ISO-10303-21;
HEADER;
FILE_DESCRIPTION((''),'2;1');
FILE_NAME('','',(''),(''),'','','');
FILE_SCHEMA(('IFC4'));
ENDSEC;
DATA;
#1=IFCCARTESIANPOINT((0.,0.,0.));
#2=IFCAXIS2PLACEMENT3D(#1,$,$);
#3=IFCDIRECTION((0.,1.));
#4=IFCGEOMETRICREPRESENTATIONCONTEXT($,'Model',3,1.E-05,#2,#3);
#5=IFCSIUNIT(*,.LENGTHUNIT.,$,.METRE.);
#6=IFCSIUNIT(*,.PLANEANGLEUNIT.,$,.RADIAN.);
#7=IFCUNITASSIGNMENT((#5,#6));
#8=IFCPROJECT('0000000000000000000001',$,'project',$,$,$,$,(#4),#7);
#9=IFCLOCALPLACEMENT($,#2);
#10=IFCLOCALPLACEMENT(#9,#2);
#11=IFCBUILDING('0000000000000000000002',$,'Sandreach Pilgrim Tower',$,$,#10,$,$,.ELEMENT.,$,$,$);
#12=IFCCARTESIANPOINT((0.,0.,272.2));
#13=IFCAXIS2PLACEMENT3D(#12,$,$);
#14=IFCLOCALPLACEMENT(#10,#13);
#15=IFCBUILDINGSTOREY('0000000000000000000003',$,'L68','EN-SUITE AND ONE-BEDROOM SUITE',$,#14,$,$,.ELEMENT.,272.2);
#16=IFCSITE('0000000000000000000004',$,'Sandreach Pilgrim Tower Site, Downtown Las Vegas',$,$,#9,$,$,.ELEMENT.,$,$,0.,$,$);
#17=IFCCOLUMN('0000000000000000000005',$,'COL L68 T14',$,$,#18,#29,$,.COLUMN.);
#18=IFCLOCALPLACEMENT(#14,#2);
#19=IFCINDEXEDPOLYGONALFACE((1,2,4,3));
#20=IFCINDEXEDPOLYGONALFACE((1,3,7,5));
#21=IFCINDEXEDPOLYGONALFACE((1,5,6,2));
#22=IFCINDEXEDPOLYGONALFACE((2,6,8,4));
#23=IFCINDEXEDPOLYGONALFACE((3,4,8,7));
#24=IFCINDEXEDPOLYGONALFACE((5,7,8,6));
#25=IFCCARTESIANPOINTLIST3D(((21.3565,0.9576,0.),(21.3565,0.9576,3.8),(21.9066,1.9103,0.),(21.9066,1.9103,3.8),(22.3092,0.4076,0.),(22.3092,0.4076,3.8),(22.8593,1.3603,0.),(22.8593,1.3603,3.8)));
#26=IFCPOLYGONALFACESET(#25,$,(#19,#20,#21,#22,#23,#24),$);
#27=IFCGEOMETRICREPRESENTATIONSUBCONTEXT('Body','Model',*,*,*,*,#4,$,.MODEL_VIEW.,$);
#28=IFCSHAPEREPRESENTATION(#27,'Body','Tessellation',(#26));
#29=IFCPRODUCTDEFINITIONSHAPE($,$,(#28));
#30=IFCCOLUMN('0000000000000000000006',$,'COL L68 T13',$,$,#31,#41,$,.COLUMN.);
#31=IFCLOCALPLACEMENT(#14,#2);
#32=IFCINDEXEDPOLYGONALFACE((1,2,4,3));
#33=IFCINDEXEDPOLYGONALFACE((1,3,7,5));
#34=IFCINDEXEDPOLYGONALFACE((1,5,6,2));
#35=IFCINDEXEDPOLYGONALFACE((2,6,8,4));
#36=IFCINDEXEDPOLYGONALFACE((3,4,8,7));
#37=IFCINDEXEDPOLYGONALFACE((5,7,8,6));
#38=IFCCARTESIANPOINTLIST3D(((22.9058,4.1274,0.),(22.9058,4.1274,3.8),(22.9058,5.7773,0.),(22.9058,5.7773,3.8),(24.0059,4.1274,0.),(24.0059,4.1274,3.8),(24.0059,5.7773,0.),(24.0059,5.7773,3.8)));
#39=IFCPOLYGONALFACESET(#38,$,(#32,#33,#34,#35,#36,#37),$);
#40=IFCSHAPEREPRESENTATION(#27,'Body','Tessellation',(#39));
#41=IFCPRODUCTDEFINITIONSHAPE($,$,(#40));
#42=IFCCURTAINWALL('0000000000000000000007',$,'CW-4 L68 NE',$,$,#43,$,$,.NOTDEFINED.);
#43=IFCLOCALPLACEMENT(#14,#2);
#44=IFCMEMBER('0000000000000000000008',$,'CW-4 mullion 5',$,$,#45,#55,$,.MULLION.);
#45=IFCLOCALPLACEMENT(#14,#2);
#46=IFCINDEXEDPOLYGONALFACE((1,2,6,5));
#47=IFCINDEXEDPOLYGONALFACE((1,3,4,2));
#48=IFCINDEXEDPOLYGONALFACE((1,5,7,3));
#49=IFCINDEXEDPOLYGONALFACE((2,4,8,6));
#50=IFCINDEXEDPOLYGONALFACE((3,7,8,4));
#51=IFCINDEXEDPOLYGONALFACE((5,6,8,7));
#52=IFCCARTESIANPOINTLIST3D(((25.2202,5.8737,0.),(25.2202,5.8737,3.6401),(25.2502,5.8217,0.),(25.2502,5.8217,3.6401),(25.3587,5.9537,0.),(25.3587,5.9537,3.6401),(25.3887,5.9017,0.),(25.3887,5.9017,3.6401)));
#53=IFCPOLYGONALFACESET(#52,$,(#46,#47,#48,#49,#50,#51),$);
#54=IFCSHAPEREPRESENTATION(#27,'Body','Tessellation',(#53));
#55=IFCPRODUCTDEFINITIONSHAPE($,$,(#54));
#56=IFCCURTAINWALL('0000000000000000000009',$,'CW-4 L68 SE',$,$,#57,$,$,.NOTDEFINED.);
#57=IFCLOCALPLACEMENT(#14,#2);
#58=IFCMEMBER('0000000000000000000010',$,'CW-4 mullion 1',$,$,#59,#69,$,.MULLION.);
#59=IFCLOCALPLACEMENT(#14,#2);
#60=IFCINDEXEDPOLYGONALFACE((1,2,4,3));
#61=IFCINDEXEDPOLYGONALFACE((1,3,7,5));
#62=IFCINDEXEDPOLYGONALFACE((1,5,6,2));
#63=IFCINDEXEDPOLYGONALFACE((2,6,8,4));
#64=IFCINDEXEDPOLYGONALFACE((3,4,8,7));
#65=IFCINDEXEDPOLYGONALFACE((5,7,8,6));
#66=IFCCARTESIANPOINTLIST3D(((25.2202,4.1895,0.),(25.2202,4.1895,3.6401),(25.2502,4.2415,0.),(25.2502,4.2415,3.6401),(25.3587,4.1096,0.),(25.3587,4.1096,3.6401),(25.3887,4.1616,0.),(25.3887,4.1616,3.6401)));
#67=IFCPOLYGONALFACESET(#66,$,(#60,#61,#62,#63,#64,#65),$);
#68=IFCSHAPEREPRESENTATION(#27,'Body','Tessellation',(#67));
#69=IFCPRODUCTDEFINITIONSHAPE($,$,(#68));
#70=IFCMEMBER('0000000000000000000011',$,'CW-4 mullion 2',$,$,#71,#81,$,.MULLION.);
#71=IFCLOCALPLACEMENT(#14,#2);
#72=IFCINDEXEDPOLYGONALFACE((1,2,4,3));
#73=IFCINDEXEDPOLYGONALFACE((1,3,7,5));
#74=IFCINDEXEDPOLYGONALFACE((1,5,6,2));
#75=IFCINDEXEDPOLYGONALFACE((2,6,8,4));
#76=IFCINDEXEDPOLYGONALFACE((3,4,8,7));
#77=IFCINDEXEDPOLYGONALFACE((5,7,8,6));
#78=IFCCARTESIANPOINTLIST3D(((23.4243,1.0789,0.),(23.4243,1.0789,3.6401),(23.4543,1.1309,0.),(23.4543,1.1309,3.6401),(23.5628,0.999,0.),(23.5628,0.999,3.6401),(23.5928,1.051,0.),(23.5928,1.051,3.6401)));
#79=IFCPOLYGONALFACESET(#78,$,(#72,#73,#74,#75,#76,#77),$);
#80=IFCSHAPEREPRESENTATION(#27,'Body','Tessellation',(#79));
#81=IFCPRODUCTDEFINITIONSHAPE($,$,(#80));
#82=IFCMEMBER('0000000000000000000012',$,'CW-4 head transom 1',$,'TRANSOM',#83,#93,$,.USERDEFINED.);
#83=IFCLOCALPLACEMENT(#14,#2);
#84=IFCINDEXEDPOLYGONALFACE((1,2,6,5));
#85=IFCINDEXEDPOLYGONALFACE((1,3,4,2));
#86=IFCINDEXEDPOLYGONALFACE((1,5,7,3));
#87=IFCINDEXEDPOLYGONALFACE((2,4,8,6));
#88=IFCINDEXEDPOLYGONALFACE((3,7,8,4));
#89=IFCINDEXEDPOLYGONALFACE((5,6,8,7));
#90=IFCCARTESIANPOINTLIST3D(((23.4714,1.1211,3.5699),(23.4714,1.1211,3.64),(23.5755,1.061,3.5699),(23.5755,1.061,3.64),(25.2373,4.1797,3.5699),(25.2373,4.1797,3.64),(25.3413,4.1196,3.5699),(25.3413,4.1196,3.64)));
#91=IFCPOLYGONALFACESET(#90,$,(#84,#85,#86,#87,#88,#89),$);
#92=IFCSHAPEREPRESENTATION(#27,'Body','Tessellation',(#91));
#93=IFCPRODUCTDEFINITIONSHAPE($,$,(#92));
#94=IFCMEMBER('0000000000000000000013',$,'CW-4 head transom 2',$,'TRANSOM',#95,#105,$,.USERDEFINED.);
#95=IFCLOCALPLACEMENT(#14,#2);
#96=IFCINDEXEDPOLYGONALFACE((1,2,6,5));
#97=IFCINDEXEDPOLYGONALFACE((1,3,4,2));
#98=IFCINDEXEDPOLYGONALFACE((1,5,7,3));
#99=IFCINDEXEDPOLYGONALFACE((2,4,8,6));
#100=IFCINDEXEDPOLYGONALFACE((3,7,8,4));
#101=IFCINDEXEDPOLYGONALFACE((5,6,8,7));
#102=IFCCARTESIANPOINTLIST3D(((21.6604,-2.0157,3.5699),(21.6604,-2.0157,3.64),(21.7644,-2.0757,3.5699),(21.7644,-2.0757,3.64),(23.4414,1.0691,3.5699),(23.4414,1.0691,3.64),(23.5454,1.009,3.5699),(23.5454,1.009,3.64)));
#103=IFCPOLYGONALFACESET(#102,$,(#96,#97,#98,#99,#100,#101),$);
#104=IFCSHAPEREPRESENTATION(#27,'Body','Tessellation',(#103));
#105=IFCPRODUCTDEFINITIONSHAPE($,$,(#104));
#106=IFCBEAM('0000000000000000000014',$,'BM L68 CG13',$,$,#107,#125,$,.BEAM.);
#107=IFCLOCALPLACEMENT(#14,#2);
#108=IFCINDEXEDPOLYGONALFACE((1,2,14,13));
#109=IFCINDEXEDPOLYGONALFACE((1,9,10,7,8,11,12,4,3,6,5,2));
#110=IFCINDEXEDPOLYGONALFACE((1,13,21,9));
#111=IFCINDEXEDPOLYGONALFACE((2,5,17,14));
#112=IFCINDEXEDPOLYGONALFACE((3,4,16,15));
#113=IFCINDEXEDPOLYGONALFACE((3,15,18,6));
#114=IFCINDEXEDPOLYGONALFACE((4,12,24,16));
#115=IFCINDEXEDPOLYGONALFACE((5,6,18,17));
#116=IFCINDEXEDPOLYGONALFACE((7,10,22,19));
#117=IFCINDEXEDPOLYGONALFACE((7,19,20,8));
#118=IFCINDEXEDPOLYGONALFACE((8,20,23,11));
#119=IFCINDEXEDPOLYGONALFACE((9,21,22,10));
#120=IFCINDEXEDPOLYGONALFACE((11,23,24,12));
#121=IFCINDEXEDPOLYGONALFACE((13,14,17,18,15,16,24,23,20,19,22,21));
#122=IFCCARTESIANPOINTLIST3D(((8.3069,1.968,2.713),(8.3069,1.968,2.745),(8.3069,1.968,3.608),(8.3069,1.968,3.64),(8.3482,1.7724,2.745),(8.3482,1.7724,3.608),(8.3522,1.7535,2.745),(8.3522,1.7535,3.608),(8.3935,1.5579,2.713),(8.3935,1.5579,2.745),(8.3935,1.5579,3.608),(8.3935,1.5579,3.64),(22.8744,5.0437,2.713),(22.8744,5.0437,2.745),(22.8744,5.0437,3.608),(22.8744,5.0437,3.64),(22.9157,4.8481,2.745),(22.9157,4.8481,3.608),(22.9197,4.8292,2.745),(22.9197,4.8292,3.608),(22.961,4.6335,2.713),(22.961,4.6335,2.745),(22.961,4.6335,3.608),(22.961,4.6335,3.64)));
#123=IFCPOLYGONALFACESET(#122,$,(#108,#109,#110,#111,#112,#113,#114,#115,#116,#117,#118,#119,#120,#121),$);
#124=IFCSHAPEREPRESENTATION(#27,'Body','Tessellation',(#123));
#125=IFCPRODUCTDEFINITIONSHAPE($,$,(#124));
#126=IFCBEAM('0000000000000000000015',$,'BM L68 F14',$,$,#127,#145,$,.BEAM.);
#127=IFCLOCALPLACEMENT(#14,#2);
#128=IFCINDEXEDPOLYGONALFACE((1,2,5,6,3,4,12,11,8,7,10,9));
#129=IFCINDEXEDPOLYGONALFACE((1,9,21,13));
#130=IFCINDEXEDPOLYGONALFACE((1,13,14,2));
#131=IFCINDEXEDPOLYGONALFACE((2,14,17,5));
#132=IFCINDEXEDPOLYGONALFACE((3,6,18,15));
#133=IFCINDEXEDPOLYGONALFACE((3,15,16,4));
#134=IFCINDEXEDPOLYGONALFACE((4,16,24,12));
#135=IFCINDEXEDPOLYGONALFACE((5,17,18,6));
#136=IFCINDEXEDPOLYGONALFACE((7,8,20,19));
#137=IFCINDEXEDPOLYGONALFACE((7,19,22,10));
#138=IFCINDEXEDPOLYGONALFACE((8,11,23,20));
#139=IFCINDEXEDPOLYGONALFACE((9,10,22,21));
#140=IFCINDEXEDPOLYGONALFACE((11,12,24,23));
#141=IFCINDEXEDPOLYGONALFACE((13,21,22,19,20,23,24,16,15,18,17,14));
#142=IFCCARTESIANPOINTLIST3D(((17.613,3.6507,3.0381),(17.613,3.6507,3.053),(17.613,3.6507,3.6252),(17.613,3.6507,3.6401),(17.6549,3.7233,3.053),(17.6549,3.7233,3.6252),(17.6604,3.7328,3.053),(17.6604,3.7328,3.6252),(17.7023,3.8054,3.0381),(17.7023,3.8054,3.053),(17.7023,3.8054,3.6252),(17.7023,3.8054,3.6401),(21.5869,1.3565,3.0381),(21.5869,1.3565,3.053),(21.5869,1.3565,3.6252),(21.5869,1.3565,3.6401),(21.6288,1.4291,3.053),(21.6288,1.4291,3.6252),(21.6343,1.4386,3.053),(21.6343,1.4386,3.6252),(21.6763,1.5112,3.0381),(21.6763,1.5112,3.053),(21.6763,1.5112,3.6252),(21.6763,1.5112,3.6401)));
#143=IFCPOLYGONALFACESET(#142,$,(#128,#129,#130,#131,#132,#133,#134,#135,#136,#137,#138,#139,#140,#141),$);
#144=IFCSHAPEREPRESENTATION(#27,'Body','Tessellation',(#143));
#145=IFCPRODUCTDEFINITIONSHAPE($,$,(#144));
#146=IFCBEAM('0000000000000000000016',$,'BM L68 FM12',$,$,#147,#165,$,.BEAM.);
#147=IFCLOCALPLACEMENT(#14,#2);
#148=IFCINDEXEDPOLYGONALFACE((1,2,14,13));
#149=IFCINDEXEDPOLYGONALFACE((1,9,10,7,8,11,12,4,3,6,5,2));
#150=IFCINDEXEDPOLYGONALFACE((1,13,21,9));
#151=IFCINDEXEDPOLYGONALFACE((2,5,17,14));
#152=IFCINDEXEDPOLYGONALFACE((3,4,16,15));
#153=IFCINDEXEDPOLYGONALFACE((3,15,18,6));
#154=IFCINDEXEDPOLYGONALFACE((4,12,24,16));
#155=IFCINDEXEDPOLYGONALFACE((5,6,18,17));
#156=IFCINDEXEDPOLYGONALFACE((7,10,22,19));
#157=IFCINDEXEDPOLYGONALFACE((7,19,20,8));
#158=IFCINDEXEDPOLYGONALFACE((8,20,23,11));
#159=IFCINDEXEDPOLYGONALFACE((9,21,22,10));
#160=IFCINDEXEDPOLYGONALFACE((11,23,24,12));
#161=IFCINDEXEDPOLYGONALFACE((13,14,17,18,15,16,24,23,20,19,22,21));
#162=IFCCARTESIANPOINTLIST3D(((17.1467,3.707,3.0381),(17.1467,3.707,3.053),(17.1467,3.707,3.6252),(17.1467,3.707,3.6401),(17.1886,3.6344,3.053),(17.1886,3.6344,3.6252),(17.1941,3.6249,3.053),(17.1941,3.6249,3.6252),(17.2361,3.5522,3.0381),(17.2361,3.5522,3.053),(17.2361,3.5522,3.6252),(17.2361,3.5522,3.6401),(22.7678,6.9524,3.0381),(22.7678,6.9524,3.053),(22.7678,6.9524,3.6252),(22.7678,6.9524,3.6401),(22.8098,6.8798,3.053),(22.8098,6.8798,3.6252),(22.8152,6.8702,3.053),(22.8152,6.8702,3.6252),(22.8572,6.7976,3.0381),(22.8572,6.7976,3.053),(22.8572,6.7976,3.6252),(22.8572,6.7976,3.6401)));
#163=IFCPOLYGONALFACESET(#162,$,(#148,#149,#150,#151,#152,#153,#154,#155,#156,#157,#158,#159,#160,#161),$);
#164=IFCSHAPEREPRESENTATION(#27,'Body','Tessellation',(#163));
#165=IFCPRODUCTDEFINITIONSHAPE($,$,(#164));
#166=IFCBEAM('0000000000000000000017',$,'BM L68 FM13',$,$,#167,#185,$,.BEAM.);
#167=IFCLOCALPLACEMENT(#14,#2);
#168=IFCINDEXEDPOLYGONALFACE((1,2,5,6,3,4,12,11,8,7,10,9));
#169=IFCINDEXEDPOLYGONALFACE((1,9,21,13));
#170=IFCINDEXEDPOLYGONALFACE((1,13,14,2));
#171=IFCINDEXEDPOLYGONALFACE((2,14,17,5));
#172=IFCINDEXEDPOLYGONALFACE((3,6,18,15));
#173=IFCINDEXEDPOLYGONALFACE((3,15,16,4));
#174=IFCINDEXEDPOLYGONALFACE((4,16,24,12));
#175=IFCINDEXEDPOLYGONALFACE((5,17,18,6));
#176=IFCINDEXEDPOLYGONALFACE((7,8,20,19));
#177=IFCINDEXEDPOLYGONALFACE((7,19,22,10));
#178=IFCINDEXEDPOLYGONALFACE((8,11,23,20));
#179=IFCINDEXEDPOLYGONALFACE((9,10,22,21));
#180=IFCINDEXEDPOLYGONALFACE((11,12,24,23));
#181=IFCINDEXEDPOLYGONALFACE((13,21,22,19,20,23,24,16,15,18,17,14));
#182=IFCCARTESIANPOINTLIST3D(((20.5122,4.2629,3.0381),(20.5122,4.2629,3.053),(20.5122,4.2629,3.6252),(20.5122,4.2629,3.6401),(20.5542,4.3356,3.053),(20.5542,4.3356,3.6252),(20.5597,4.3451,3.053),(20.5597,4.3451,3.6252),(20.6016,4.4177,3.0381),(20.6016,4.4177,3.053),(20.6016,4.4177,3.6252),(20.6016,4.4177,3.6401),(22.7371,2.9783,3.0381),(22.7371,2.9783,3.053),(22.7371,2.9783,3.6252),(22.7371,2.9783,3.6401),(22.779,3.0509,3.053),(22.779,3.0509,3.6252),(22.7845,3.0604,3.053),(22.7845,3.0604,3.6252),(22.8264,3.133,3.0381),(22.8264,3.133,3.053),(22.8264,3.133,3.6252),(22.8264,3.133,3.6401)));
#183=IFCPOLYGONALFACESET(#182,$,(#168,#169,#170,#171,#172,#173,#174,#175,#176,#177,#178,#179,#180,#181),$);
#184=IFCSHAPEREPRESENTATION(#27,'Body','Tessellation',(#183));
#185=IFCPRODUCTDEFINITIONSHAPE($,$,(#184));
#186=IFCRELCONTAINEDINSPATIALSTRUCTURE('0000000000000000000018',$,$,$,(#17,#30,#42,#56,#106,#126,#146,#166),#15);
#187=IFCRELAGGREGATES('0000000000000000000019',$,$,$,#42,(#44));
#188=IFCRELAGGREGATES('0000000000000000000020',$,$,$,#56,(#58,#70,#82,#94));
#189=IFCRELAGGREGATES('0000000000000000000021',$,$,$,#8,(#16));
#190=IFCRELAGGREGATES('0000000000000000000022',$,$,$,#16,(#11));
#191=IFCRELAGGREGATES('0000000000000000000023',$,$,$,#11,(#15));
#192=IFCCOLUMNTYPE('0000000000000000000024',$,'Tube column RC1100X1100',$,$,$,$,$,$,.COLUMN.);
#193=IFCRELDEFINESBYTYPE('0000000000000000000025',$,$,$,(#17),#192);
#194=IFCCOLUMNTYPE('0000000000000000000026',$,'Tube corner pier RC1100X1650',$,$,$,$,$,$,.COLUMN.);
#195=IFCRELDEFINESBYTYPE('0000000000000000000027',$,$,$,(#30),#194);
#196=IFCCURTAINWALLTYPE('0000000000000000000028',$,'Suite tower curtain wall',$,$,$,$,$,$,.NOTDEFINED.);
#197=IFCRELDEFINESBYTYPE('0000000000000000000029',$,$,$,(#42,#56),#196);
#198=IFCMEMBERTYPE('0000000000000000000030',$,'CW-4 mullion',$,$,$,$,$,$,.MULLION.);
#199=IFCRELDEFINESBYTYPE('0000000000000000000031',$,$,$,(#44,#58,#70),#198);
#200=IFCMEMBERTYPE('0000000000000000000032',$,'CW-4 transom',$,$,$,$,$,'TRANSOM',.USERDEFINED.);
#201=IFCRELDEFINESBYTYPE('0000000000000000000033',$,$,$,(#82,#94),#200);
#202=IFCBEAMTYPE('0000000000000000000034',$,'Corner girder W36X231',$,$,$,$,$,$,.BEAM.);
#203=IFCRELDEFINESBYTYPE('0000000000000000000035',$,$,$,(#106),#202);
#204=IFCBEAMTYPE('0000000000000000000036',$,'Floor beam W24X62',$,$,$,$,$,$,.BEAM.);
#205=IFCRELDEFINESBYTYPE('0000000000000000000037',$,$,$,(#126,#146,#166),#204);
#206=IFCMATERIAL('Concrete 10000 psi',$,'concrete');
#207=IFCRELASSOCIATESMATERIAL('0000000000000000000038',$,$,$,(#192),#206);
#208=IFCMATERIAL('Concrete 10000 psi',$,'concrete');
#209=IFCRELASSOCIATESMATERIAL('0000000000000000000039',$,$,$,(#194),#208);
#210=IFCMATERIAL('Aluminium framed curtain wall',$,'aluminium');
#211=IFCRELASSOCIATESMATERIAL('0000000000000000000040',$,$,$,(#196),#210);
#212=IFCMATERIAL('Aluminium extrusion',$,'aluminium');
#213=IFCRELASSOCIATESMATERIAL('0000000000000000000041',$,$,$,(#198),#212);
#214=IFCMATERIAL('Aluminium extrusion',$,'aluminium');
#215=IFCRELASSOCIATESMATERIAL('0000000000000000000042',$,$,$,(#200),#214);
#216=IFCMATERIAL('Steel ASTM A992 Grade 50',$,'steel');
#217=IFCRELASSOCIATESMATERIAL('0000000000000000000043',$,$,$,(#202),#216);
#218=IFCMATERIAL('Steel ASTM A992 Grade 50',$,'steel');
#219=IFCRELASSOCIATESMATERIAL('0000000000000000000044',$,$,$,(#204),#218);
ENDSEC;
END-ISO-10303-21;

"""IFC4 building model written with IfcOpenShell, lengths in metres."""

from ifc_helpers import new_model, si_unit, direction, frame, origin, origin_2d, place, context, subcontext, project, spatial, rectangle, i_section, extrude, material, material_profile, profile_set, type_object, element, aggregate, save


model = new_model("IFC4")

# Units and contexts
model_context = context("Model", 3, precision=1e-05, world=origin(), true_north=direction((0.0, 1.0)))
body_context = subcontext(model_context, "Body", "Model", "MODEL_VIEW")
ifc_project = project(units=[si_unit("LENGTHUNIT", "METRE"), si_unit("PLANEANGLEUNIT", "RADIAN")], contexts=[model_context])

# Site, building, storey
site_placement = place(None, origin())
site = spatial("IfcSite", under=ifc_project, at=site_placement, Name="Sandreach Pilgrim Tower Site, Downtown Las Vegas", CompositionType="ELEMENT", RefElevation=0.0)
building_placement = place(site_placement, origin())
building = spatial("IfcBuilding", under=site, at=building_placement, Name="Sandreach Pilgrim Tower", CompositionType="ELEMENT")
storey_placement = place(building_placement, frame((0.0, 0.0, 272.2)))
storey = spatial("IfcBuildingStorey", under=building, at=storey_placement, Name="L68", Description="EN-SUITE AND ONE-BEDROOM SUITE", CompositionType="ELEMENT", Elevation=272.2)

# Columns
ifc_material_1 = material(Name="Concrete 10000 psi", Category="concrete")
ifc_material_profile_1 = material_profile(ifc_material_1, rectangle(XDim=1.1001, YDim=1.1001, at=origin_2d()), Name="RC1100X1100")
ifc_profile_set_1 = profile_set([ifc_material_profile_1], Name="Concrete 10000 psi")
column_type_1 = type_object("IfcColumnType", Name="Tube column RC1100X1100", PredefinedType="COLUMN", material=ifc_profile_set_1)
column_1_placement = place(storey_placement, frame((22.1079, 1.1589, 0.0), z_axis=(0.0, 0.0, 1.0), x_axis=(0.866025, -0.5, 0.0)))
element("IfcColumn", 1, at=column_1_placement, inside=storey, type_object=column_type_1, Name="COL L68 T14", PredefinedType="COLUMN", context=body_context, shape_type="SweptSolid", body=[
    extrude(rectangle(XDim=1.1001, YDim=1.1001, at=origin_2d()), origin(), (0.0, 0.0, 1.0), 3.8),
])
ifc_material_2 = material(Name="Concrete 10000 psi", Category="concrete")
ifc_material_profile_2 = material_profile(ifc_material_2, rectangle(XDim=1.1001, YDim=1.6499, at=origin_2d()), Name="RC1100X1650")
ifc_profile_set_2 = profile_set([ifc_material_profile_2], Name="Concrete 10000 psi")
column_type_2 = type_object("IfcColumnType", Name="Tube corner pier RC1100X1650", PredefinedType="COLUMN", material=ifc_profile_set_2)
column_2_placement = place(storey_placement, frame((23.4558, 4.9524, 0.0), z_axis=(0.0, 0.0, 1.0), x_axis=(1.0, 0.0, 0.0)))
element("IfcColumn", 2, at=column_2_placement, inside=storey, type_object=column_type_2, Name="COL L68 T13", PredefinedType="COLUMN", context=body_context, shape_type="SweptSolid", body=[
    extrude(rectangle(XDim=1.1001, YDim=1.6499, at=origin_2d()), origin(), (0.0, 0.0, 1.0), 3.8),
])

# Curtain wall, member
ifc_material_3 = material(Name="Aluminium framed curtain wall", Category="aluminium")
curtain_wall_type = type_object("IfcCurtainWallType", Name="Suite tower curtain wall", PredefinedType="NOTDEFINED", material=ifc_material_3)
curtain_wall_1_placement = place(storey_placement, origin())
curtain_wall_1 = element("IfcCurtainWall", 3, at=curtain_wall_1_placement, inside=storey, type_object=curtain_wall_type, Name="CW-4 L68 NE", PredefinedType="NOTDEFINED")
ifc_material_4 = material(Name="Aluminium extrusion", Category="aluminium")
ifc_material_profile_3 = material_profile(ifc_material_4, rectangle(XDim=0.0601, YDim=0.1599, at=origin_2d()), Name="CW-4M 60X160")
ifc_profile_set_3 = profile_set([ifc_material_profile_3], Name="Aluminium extrusion")
member_type_1 = type_object("IfcMemberType", Name="CW-4 mullion", PredefinedType="MULLION", material=ifc_profile_set_3)
member_1_placement = place(storey_placement, frame((25.3044, 5.8877, 0.0), z_axis=(0.0, 0.0, 1.0), x_axis=(0.5, -0.866025, 0.0)))
member_1 = element("IfcMember", 4, at=member_1_placement, type_object=member_type_1, Name="CW-4 mullion 5", PredefinedType="MULLION", context=body_context, shape_type="SweptSolid", body=[
    extrude(rectangle(XDim=0.0601, YDim=0.1599, at=origin_2d()), origin(), (0.0, 0.0, 1.0), 3.6401),
])

# Curtain wall, members
curtain_wall_2_placement = place(storey_placement, origin())
curtain_wall_2 = element("IfcCurtainWall", 5, at=curtain_wall_2_placement, inside=storey, type_object=curtain_wall_type, Name="CW-4 L68 SE", PredefinedType="NOTDEFINED")
member_2_placement = place(storey_placement, frame((25.3044, 4.1755, 0.0), z_axis=(0.0, 0.0, 1.0), x_axis=(-0.5, -0.866025, 0.0)))
member_2 = element("IfcMember", 6, at=member_2_placement, type_object=member_type_1, Name="CW-4 mullion 1", PredefinedType="MULLION", context=body_context, shape_type="SweptSolid", body=[
    extrude(rectangle(XDim=0.0601, YDim=0.1599, at=origin_2d()), origin(), (0.0, 0.0, 1.0), 3.6401),
])
member_3_placement = place(storey_placement, frame((23.5085, 1.0649, 0.0), z_axis=(0.0, 0.0, 1.0), x_axis=(-0.5, -0.866025, 0.0)))
member_3 = element("IfcMember", 7, at=member_3_placement, type_object=member_type_1, Name="CW-4 mullion 2", PredefinedType="MULLION", context=body_context, shape_type="SweptSolid", body=[
    extrude(rectangle(XDim=0.0601, YDim=0.1599, at=origin_2d()), origin(), (0.0, 0.0, 1.0), 3.6401),
])
ifc_material_5 = material(Name="Aluminium extrusion", Category="aluminium")
ifc_material_profile_4 = material_profile(ifc_material_5, rectangle(XDim=0.1201, YDim=0.0701, at=origin_2d()), Name="CW-4T 120X70")
ifc_profile_set_4 = profile_set([ifc_material_profile_4], Name="Aluminium extrusion")
member_type_2 = type_object("IfcMemberType", Name="CW-4 transom", ElementType="TRANSOM", PredefinedType="USERDEFINED", material=ifc_profile_set_4)
member_4_placement = place(storey_placement, frame((25.2893, 4.1497, 3.605), z_axis=(-0.499998, -0.866027, 0.0), x_axis=(0.866027, -0.499998, 0.0)))
member_4 = element("IfcMember", 8, at=member_4_placement, type_object=member_type_2, Name="CW-4 head transom 1", ObjectType="TRANSOM", PredefinedType="USERDEFINED", context=body_context, shape_type="SweptSolid", body=[
    extrude(rectangle(XDim=0.1201, YDim=0.0701, at=origin_2d()), origin(), (0.0, 0.0, 1.0), 3.5317),
])
member_5_placement = place(storey_placement, frame((23.4934, 1.0391, 3.605), z_axis=(-0.500009, -0.86602, 0.0), x_axis=(0.86602, -0.500009, 0.0)))
member_5 = element("IfcMember", 9, at=member_5_placement, type_object=member_type_2, Name="CW-4 head transom 2", ObjectType="TRANSOM", PredefinedType="USERDEFINED", context=body_context, shape_type="SweptSolid", body=[
    extrude(rectangle(XDim=0.1201, YDim=0.0701, at=origin_2d()), origin(), (0.0, 0.0, 1.0), 3.562),
])

# Beams
ifc_material_6 = material(Name="Steel ASTM A992 Grade 50", Category="steel")
ifc_material_profile_5 = material_profile(ifc_material_6, i_section(OverallWidth=0.4192, OverallDepth=0.927, WebThickness=0.0193, FlangeThickness=0.032, at=origin_2d()), Name="W36X231")
ifc_profile_set_5 = profile_set([ifc_material_profile_5], Name="Steel ASTM A992 Grade 50")
beam_type_1 = type_object("IfcBeamType", Name="Corner girder W36X231", PredefinedType="BEAM", material=ifc_profile_set_5)
beam_1_placement = place(storey_placement, frame((22.9177, 4.8386, 3.1765), z_axis=(-0.97843, -0.206577, 0.0), x_axis=(0.206577, -0.97843, 0.0)))
element("IfcBeam", 10, at=beam_1_placement, inside=storey, type_object=beam_type_1, Name="BM L68 CG13", PredefinedType="BEAM", context=body_context, shape_type="SweptSolid", body=[
    extrude(i_section(OverallWidth=0.4192, OverallDepth=0.927, WebThickness=0.0193, FlangeThickness=0.032, at=origin_2d()), origin(), (0.0, 0.0, 1.0), 14.8887),
])
ifc_material_7 = material(Name="Steel ASTM A992 Grade 50", Category="steel")
ifc_material_profile_6 = material_profile(ifc_material_7, i_section(OverallWidth=0.1787, OverallDepth=0.6021, WebThickness=0.011, FlangeThickness=0.0149, at=origin_2d()), Name="W24X62")
ifc_profile_set_6 = profile_set([ifc_material_profile_6], Name="Steel ASTM A992 Grade 50")
beam_type_2 = type_object("IfcBeamType", Name="Floor beam W24X62", PredefinedType="BEAM", material=ifc_profile_set_6)
beam_2_placement = place(storey_placement, frame((21.6316, 1.4338, 3.3391), z_axis=(-0.866038, 0.499979, 0.0), x_axis=(-0.499979, -0.866038, 0.0)))
element("IfcBeam", 11, at=beam_2_placement, inside=storey, type_object=beam_type_2, Name="BM L68 F14", PredefinedType="BEAM", context=body_context, shape_type="SweptSolid", body=[
    extrude(i_section(OverallWidth=0.1787, OverallDepth=0.6021, WebThickness=0.011, FlangeThickness=0.0149, at=origin_2d()), origin(), (0.0, 0.0, 1.0), 4.5886),
])
beam_3_placement = place(storey_placement, frame((22.8125, 6.875, 3.3391), z_axis=(-0.866024, -0.500002, 0.0), x_axis=(0.500002, -0.866024, 0.0)))
element("IfcBeam", 12, at=beam_3_placement, inside=storey, type_object=beam_type_2, Name="BM L68 FM12", PredefinedType="BEAM", context=body_context, shape_type="SweptSolid", body=[
    extrude(i_section(OverallWidth=0.1787, OverallDepth=0.6021, WebThickness=0.011, FlangeThickness=0.0149, at=origin_2d()), origin(), (0.0, 0.0, 1.0), 6.4907),
])
beam_4_placement = place(storey_placement, frame((22.7817, 3.0557, 3.3391), z_axis=(-0.866, 0.500043, 0.0), x_axis=(-0.500043, -0.866, 0.0)))
element("IfcBeam", 13, at=beam_4_placement, inside=storey, type_object=beam_type_2, Name="BM L68 FM13", PredefinedType="BEAM", context=body_context, shape_type="SweptSolid", body=[
    extrude(i_section(OverallWidth=0.1787, OverallDepth=0.6021, WebThickness=0.011, FlangeThickness=0.0149, at=origin_2d()), origin(), (0.0, 0.0, 1.0), 2.5691),
])

aggregate(curtain_wall_1, [member_1])
aggregate(curtain_wall_2, [member_2, member_3, member_4, member_5])

save(model, "model.ifc")
